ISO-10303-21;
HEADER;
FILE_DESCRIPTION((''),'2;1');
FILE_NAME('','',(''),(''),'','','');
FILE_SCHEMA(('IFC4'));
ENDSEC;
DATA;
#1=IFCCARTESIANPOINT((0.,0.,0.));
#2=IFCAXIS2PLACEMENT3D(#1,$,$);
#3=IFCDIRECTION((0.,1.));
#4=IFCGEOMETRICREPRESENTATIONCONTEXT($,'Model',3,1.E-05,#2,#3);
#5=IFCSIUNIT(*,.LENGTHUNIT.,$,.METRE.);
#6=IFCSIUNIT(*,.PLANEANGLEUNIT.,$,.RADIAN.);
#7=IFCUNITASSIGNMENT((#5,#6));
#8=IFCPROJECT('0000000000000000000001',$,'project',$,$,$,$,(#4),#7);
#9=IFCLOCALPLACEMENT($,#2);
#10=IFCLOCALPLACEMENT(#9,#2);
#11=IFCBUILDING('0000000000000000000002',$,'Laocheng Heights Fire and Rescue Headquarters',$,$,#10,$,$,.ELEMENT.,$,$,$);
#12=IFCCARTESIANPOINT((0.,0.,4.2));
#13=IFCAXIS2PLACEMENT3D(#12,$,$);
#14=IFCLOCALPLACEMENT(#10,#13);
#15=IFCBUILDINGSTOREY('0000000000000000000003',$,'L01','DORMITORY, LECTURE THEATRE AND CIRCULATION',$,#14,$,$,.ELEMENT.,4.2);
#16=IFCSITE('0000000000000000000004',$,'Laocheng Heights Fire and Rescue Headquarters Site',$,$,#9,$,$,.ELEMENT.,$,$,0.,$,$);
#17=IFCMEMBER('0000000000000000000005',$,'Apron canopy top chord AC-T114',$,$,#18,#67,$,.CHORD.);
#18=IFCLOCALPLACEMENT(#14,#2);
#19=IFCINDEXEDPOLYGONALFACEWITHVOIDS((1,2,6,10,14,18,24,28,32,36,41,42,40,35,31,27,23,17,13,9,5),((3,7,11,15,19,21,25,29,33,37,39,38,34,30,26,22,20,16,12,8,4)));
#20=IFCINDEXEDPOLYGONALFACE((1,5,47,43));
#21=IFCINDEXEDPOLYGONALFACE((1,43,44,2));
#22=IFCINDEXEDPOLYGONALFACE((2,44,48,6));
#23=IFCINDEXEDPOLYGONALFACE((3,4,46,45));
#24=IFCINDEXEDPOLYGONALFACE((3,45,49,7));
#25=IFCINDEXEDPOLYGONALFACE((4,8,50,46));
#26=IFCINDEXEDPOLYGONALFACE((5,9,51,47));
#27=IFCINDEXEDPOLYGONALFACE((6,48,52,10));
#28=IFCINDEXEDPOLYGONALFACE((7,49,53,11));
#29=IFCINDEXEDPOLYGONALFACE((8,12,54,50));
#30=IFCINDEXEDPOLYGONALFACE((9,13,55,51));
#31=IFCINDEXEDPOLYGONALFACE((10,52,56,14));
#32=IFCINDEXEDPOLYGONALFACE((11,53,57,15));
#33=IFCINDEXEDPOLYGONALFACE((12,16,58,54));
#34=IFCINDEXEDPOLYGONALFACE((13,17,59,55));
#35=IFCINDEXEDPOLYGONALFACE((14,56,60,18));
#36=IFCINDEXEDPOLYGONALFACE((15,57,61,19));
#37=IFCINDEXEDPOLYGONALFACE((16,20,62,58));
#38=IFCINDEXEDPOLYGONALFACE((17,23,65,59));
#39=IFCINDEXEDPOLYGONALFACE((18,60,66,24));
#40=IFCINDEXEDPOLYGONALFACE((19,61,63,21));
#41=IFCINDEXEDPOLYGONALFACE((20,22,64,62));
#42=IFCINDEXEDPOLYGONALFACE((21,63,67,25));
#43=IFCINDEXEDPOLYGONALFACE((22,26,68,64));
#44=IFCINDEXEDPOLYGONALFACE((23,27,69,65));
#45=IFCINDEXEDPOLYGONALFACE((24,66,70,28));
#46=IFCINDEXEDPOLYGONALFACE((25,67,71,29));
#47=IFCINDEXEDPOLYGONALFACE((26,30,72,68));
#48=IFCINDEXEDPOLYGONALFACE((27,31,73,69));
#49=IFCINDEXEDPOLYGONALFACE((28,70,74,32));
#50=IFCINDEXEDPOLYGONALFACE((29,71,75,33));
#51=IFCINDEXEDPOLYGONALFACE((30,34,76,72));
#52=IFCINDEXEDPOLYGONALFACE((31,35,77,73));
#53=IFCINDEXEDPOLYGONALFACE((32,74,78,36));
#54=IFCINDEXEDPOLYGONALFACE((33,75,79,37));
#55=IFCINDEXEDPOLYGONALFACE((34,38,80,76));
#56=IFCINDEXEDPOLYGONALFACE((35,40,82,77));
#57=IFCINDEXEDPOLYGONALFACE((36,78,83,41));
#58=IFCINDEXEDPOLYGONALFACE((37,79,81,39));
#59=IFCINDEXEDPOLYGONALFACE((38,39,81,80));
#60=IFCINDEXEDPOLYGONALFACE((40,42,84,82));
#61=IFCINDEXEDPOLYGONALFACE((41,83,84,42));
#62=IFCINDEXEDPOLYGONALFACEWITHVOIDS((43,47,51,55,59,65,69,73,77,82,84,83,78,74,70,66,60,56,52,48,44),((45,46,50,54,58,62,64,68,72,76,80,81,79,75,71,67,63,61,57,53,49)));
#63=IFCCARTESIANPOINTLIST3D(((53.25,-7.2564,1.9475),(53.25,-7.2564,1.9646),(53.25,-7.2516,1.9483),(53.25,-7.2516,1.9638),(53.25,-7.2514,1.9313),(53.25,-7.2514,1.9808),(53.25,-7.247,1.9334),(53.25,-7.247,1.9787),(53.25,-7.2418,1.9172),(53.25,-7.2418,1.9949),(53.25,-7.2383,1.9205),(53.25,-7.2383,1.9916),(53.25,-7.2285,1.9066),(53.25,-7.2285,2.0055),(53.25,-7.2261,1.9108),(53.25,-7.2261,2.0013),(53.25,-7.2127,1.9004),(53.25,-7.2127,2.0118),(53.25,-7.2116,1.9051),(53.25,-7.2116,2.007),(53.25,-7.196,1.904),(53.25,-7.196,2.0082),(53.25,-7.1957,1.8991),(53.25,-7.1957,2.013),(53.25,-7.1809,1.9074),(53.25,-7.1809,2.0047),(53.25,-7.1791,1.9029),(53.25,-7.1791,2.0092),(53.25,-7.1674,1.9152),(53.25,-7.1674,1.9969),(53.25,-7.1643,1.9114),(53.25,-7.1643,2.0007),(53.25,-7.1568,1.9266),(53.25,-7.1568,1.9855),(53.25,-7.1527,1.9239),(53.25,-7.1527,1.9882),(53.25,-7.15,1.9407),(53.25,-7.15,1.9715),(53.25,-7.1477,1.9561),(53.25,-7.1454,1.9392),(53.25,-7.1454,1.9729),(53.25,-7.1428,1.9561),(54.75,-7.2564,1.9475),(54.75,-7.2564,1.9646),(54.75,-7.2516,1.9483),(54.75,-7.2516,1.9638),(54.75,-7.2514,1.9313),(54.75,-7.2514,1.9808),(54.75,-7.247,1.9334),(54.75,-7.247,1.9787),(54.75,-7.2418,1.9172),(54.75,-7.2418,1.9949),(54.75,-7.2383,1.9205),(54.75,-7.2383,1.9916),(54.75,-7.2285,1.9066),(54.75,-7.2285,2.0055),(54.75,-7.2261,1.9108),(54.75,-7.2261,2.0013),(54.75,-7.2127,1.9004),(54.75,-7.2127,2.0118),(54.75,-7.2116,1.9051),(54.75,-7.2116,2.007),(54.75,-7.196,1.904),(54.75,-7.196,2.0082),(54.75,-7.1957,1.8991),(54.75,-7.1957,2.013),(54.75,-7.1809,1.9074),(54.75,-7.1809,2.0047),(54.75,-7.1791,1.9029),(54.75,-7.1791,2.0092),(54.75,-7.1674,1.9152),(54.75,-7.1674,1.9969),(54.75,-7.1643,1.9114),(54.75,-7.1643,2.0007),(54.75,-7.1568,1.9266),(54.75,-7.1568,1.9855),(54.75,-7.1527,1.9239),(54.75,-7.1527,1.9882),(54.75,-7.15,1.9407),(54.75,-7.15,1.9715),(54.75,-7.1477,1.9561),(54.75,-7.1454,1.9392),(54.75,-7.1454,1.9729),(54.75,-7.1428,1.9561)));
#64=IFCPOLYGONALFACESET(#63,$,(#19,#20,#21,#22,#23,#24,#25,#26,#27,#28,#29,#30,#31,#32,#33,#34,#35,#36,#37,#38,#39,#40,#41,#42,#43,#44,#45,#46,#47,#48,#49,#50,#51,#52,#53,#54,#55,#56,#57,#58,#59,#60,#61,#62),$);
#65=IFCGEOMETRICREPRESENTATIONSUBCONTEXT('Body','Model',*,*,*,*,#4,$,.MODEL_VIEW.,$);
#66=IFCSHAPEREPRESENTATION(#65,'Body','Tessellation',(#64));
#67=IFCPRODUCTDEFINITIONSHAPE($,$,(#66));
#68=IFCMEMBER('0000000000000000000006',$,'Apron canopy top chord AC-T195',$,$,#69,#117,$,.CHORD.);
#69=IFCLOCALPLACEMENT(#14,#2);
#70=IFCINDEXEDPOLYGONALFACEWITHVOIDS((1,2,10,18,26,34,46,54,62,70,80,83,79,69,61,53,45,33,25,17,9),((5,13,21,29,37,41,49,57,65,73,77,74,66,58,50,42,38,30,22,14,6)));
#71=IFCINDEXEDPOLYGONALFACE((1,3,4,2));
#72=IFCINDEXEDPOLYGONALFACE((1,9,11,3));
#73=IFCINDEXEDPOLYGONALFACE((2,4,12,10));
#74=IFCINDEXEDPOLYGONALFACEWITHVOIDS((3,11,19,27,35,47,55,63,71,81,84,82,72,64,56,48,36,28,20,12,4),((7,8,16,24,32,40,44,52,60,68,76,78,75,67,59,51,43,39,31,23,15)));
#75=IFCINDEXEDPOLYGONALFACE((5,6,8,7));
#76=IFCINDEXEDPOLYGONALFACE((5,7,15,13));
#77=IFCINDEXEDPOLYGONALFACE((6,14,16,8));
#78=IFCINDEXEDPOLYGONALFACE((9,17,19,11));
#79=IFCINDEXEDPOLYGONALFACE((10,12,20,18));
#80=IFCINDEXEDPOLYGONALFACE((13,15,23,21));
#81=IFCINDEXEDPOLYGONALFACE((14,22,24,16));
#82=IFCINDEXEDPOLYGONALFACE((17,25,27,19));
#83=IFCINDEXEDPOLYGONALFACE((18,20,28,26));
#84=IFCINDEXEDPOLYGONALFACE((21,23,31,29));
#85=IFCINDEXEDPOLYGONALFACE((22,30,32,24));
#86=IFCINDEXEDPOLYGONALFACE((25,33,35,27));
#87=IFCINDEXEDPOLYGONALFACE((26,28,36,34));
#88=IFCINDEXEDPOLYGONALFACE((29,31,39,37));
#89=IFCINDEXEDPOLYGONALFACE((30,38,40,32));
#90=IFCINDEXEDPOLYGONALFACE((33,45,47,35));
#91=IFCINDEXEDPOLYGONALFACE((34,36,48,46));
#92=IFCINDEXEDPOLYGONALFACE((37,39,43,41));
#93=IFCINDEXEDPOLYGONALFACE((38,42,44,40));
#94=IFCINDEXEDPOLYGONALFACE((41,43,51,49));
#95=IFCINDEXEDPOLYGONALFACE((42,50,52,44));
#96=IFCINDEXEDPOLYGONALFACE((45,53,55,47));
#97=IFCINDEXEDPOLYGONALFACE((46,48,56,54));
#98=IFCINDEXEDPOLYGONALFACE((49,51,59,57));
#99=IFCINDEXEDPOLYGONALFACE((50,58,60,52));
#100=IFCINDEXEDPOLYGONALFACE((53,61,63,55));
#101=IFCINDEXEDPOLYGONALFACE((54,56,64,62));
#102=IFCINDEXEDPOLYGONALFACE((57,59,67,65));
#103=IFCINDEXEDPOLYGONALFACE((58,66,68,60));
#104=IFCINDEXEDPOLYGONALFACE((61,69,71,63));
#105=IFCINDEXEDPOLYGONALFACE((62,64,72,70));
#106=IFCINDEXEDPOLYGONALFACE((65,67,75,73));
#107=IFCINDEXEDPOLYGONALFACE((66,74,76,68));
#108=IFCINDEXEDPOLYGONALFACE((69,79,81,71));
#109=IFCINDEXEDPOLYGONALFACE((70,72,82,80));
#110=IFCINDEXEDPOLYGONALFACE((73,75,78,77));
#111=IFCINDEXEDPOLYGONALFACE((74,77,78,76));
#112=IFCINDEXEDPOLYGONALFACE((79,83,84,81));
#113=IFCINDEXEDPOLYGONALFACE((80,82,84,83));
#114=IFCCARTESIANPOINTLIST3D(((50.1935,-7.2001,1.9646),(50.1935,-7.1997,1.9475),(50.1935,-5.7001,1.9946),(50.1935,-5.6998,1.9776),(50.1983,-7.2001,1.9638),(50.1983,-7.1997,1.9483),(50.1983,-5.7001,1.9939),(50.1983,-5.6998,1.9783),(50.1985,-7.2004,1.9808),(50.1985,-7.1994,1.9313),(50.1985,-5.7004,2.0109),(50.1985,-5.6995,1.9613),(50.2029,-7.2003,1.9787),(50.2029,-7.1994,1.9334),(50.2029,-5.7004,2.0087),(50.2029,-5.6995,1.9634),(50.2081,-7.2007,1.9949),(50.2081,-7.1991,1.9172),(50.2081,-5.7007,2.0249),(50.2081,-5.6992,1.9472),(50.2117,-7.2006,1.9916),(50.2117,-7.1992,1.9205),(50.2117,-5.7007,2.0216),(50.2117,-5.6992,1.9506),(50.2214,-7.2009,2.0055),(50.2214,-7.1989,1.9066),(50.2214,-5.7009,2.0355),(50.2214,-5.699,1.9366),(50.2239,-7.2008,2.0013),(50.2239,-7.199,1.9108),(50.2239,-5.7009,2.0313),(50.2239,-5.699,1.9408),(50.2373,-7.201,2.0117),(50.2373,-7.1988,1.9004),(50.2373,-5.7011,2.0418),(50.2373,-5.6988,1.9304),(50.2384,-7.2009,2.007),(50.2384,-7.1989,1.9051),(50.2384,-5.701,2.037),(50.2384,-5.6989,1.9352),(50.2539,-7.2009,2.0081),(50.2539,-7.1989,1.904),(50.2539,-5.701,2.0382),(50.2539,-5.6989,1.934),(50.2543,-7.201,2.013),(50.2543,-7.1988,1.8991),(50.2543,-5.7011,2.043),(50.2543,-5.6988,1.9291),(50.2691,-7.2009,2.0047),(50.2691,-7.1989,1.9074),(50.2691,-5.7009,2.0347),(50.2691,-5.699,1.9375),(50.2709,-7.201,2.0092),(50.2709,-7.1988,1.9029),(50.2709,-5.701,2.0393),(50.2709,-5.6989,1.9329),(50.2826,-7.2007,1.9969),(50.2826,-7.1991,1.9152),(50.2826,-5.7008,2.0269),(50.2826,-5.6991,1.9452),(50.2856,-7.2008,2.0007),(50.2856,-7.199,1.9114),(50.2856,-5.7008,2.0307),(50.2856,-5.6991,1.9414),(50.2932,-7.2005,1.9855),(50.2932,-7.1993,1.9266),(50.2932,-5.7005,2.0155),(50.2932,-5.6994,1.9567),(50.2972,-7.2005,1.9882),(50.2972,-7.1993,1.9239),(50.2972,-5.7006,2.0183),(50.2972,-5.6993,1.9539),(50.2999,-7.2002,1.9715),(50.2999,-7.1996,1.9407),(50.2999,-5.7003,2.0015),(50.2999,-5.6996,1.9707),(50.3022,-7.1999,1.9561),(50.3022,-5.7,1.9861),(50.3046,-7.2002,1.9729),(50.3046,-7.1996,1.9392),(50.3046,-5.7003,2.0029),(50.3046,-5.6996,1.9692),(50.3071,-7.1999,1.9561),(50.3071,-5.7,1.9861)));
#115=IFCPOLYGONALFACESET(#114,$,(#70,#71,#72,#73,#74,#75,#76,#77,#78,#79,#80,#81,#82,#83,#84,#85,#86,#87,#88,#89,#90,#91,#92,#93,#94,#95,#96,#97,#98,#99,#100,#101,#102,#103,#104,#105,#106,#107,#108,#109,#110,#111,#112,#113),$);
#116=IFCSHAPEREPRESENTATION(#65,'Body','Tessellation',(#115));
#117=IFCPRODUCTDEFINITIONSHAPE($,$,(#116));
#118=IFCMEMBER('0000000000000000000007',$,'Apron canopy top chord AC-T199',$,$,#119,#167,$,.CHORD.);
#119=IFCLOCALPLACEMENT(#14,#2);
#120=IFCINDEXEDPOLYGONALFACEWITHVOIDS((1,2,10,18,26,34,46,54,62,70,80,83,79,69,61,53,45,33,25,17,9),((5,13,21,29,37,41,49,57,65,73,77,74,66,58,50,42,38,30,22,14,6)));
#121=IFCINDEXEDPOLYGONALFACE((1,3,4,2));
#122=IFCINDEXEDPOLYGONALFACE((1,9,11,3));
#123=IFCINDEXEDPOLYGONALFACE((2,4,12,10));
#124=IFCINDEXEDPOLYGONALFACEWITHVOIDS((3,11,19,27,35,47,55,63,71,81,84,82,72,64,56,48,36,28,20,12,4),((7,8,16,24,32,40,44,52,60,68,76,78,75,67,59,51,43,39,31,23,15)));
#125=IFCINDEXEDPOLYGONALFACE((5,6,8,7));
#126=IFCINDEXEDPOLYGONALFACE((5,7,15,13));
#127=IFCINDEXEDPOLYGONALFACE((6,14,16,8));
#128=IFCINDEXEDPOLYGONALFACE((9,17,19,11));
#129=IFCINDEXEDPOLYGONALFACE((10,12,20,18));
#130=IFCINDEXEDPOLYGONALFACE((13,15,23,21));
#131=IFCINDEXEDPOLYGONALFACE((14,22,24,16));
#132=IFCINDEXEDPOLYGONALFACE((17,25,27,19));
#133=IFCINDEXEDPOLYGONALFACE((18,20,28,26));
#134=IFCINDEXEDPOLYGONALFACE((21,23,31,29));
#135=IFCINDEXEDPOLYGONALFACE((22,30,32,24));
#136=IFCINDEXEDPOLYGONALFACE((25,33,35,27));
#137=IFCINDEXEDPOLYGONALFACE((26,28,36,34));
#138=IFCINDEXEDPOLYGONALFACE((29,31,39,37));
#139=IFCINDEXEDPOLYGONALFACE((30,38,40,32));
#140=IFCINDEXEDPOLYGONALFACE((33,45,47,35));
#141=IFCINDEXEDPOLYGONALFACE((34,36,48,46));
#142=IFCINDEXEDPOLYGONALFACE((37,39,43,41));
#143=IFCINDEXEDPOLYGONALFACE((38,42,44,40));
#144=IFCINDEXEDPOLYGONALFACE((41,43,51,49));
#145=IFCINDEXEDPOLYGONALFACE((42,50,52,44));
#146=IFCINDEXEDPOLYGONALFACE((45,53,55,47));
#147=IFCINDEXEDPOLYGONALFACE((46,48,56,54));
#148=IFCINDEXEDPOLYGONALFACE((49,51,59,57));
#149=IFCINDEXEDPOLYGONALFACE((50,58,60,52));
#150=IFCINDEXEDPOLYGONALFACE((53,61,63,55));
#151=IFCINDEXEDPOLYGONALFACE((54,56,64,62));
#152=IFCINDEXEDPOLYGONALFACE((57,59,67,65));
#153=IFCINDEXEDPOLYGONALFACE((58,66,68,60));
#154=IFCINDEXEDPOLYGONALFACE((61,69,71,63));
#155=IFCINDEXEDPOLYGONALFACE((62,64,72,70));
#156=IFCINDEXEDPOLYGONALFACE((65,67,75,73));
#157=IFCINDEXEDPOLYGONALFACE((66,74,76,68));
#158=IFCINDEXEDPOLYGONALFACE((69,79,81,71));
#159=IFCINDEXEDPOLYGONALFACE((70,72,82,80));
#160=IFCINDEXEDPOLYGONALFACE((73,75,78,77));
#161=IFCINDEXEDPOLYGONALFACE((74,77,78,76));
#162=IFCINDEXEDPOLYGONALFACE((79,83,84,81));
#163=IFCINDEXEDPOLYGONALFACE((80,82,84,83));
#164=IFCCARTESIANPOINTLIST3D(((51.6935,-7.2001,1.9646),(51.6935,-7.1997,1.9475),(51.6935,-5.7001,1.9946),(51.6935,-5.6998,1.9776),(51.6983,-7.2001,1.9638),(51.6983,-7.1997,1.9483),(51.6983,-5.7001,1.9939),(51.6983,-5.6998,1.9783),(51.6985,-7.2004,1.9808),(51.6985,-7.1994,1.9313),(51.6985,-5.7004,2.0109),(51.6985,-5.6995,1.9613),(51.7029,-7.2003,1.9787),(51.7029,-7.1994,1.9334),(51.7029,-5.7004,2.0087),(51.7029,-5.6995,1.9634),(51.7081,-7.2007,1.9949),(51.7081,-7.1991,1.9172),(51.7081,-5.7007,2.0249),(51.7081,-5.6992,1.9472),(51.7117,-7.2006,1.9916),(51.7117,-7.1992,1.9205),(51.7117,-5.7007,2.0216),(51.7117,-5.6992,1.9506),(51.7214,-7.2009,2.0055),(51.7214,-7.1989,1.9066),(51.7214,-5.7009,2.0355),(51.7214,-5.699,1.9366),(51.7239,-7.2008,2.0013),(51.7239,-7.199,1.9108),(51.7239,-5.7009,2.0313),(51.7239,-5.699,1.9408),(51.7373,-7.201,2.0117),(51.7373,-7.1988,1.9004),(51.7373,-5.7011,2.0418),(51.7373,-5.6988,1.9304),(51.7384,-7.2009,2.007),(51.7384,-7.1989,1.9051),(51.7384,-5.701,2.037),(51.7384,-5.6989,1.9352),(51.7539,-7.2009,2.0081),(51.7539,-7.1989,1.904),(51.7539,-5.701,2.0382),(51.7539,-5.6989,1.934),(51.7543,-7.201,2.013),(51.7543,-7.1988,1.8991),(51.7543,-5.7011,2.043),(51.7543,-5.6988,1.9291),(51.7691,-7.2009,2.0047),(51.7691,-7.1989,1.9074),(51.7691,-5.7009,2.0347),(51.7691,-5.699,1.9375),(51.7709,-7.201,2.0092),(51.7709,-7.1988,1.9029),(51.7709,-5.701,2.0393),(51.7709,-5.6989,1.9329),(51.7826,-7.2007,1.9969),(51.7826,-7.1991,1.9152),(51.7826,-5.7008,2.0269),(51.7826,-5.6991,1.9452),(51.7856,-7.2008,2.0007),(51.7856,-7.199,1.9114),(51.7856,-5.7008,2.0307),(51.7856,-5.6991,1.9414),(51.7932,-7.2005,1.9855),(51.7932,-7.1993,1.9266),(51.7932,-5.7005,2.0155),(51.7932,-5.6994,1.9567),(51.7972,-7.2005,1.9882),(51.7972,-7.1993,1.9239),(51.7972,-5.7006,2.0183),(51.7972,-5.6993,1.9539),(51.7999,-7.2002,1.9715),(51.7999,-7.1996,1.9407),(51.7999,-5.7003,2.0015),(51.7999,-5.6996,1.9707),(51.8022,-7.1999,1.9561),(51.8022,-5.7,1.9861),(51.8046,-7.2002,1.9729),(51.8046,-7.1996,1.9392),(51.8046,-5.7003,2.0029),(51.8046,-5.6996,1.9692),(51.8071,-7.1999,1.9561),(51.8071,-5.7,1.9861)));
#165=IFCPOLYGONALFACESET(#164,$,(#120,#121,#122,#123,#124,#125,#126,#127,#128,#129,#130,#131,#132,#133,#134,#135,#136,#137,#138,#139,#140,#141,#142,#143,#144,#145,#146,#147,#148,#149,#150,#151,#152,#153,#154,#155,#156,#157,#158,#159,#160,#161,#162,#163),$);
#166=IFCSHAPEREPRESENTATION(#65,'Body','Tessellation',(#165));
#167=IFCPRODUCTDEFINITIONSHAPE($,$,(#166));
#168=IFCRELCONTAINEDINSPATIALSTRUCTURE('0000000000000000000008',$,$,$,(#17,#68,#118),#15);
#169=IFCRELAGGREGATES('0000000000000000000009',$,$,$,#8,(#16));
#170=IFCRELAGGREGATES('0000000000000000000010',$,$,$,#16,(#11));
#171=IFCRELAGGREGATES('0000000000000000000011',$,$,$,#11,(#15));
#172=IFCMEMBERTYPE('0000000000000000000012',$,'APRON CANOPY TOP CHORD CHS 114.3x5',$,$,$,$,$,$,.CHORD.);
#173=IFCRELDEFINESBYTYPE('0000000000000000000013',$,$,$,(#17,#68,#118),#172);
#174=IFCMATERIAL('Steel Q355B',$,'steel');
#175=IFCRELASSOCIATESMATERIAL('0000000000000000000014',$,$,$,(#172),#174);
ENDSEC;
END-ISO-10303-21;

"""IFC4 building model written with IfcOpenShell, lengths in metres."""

from ifc_helpers import new_model, si_unit, direction, frame, origin, origin_2d, place, context, subcontext, project, spatial, hollow_circle, extrude, material, material_profile, profile_set, type_object, element, save


model = new_model("IFC4")

# Units and contexts
model_context = context("Model", 3, precision=1e-05, world=origin(), true_north=direction((0.0, 1.0)))
body_context = subcontext(model_context, "Body", "Model", "MODEL_VIEW")
ifc_project = project(units=[si_unit("LENGTHUNIT", "METRE"), si_unit("PLANEANGLEUNIT", "RADIAN")], contexts=[model_context])

# Site, building, storey
site_placement = place(None, origin())
site = spatial("IfcSite", under=ifc_project, at=site_placement, Name="Laocheng Heights Fire and Rescue Headquarters Site", CompositionType="ELEMENT", RefElevation=0.0)
building_placement = place(site_placement, origin())
building = spatial("IfcBuilding", under=site, at=building_placement, Name="Laocheng Heights Fire and Rescue Headquarters", CompositionType="ELEMENT")
storey_placement = place(building_placement, frame((0.0, 0.0, 4.2)))
storey = spatial("IfcBuildingStorey", under=building, at=storey_placement, Name="L01", Description="DORMITORY, LECTURE THEATRE AND CIRCULATION", CompositionType="ELEMENT", Elevation=4.2)

# Members
ifc_material_1 = material(Name="Steel Q355B", Category="steel")
ifc_material_profile_1 = material_profile(ifc_material_1, hollow_circle(Radius=0.0571, WallThickness=0.0049, at=origin_2d()), Name="CHS 114.3x5")
ifc_profile_set_1 = profile_set([ifc_material_profile_1], Name="Steel Q355B")
member_type_1 = type_object("IfcMemberType", Name="APRON CANOPY TOP CHORD CHS 114.3x5", PredefinedType="CHORD", material=ifc_profile_set_1)
for number, where, z_axis, x_axis, name in (
    (1, (53.25, -7.2, 1.9561), (1.0, 0.0, 0.0), (0.0, 1.0, 0.0), "Apron canopy top chord AC-T114"),
):
    element("IfcMember", number, at=place(storey_placement, frame(where, z_axis=z_axis, x_axis=x_axis)), inside=storey, type_object=member_type_1, Name=name, PredefinedType="CHORD", context=body_context, shape_type="SweptSolid", body=[
        extrude(hollow_circle(Radius=0.0571, WallThickness=0.0049, at=origin_2d()), origin(), (0.0, 0.0, 1.0), 1.5),
    ])
for number, where, z_axis, x_axis, name in (
    (2, (50.25, -5.7, 1.9861), (0.0, -0.9998, -0.020016), (1.0, 0.0, 0.0), "Apron canopy top chord AC-T195"),
    (3, (51.75, -5.7, 1.9861), (0.0, -0.9998, -0.020016), (1.0, 0.0, 0.0), "Apron canopy top chord AC-T199"),
):
    element("IfcMember", number, at=place(storey_placement, frame(where, z_axis=z_axis, x_axis=x_axis)), inside=storey, type_object=member_type_1, Name=name, PredefinedType="CHORD", context=body_context, shape_type="SweptSolid", body=[
        extrude(hollow_circle(Radius=0.0571, WallThickness=0.0049, at=origin_2d()), origin(), (0.0, 0.0, 1.0), 1.5002),
    ])

save(model, "model.ifc")
